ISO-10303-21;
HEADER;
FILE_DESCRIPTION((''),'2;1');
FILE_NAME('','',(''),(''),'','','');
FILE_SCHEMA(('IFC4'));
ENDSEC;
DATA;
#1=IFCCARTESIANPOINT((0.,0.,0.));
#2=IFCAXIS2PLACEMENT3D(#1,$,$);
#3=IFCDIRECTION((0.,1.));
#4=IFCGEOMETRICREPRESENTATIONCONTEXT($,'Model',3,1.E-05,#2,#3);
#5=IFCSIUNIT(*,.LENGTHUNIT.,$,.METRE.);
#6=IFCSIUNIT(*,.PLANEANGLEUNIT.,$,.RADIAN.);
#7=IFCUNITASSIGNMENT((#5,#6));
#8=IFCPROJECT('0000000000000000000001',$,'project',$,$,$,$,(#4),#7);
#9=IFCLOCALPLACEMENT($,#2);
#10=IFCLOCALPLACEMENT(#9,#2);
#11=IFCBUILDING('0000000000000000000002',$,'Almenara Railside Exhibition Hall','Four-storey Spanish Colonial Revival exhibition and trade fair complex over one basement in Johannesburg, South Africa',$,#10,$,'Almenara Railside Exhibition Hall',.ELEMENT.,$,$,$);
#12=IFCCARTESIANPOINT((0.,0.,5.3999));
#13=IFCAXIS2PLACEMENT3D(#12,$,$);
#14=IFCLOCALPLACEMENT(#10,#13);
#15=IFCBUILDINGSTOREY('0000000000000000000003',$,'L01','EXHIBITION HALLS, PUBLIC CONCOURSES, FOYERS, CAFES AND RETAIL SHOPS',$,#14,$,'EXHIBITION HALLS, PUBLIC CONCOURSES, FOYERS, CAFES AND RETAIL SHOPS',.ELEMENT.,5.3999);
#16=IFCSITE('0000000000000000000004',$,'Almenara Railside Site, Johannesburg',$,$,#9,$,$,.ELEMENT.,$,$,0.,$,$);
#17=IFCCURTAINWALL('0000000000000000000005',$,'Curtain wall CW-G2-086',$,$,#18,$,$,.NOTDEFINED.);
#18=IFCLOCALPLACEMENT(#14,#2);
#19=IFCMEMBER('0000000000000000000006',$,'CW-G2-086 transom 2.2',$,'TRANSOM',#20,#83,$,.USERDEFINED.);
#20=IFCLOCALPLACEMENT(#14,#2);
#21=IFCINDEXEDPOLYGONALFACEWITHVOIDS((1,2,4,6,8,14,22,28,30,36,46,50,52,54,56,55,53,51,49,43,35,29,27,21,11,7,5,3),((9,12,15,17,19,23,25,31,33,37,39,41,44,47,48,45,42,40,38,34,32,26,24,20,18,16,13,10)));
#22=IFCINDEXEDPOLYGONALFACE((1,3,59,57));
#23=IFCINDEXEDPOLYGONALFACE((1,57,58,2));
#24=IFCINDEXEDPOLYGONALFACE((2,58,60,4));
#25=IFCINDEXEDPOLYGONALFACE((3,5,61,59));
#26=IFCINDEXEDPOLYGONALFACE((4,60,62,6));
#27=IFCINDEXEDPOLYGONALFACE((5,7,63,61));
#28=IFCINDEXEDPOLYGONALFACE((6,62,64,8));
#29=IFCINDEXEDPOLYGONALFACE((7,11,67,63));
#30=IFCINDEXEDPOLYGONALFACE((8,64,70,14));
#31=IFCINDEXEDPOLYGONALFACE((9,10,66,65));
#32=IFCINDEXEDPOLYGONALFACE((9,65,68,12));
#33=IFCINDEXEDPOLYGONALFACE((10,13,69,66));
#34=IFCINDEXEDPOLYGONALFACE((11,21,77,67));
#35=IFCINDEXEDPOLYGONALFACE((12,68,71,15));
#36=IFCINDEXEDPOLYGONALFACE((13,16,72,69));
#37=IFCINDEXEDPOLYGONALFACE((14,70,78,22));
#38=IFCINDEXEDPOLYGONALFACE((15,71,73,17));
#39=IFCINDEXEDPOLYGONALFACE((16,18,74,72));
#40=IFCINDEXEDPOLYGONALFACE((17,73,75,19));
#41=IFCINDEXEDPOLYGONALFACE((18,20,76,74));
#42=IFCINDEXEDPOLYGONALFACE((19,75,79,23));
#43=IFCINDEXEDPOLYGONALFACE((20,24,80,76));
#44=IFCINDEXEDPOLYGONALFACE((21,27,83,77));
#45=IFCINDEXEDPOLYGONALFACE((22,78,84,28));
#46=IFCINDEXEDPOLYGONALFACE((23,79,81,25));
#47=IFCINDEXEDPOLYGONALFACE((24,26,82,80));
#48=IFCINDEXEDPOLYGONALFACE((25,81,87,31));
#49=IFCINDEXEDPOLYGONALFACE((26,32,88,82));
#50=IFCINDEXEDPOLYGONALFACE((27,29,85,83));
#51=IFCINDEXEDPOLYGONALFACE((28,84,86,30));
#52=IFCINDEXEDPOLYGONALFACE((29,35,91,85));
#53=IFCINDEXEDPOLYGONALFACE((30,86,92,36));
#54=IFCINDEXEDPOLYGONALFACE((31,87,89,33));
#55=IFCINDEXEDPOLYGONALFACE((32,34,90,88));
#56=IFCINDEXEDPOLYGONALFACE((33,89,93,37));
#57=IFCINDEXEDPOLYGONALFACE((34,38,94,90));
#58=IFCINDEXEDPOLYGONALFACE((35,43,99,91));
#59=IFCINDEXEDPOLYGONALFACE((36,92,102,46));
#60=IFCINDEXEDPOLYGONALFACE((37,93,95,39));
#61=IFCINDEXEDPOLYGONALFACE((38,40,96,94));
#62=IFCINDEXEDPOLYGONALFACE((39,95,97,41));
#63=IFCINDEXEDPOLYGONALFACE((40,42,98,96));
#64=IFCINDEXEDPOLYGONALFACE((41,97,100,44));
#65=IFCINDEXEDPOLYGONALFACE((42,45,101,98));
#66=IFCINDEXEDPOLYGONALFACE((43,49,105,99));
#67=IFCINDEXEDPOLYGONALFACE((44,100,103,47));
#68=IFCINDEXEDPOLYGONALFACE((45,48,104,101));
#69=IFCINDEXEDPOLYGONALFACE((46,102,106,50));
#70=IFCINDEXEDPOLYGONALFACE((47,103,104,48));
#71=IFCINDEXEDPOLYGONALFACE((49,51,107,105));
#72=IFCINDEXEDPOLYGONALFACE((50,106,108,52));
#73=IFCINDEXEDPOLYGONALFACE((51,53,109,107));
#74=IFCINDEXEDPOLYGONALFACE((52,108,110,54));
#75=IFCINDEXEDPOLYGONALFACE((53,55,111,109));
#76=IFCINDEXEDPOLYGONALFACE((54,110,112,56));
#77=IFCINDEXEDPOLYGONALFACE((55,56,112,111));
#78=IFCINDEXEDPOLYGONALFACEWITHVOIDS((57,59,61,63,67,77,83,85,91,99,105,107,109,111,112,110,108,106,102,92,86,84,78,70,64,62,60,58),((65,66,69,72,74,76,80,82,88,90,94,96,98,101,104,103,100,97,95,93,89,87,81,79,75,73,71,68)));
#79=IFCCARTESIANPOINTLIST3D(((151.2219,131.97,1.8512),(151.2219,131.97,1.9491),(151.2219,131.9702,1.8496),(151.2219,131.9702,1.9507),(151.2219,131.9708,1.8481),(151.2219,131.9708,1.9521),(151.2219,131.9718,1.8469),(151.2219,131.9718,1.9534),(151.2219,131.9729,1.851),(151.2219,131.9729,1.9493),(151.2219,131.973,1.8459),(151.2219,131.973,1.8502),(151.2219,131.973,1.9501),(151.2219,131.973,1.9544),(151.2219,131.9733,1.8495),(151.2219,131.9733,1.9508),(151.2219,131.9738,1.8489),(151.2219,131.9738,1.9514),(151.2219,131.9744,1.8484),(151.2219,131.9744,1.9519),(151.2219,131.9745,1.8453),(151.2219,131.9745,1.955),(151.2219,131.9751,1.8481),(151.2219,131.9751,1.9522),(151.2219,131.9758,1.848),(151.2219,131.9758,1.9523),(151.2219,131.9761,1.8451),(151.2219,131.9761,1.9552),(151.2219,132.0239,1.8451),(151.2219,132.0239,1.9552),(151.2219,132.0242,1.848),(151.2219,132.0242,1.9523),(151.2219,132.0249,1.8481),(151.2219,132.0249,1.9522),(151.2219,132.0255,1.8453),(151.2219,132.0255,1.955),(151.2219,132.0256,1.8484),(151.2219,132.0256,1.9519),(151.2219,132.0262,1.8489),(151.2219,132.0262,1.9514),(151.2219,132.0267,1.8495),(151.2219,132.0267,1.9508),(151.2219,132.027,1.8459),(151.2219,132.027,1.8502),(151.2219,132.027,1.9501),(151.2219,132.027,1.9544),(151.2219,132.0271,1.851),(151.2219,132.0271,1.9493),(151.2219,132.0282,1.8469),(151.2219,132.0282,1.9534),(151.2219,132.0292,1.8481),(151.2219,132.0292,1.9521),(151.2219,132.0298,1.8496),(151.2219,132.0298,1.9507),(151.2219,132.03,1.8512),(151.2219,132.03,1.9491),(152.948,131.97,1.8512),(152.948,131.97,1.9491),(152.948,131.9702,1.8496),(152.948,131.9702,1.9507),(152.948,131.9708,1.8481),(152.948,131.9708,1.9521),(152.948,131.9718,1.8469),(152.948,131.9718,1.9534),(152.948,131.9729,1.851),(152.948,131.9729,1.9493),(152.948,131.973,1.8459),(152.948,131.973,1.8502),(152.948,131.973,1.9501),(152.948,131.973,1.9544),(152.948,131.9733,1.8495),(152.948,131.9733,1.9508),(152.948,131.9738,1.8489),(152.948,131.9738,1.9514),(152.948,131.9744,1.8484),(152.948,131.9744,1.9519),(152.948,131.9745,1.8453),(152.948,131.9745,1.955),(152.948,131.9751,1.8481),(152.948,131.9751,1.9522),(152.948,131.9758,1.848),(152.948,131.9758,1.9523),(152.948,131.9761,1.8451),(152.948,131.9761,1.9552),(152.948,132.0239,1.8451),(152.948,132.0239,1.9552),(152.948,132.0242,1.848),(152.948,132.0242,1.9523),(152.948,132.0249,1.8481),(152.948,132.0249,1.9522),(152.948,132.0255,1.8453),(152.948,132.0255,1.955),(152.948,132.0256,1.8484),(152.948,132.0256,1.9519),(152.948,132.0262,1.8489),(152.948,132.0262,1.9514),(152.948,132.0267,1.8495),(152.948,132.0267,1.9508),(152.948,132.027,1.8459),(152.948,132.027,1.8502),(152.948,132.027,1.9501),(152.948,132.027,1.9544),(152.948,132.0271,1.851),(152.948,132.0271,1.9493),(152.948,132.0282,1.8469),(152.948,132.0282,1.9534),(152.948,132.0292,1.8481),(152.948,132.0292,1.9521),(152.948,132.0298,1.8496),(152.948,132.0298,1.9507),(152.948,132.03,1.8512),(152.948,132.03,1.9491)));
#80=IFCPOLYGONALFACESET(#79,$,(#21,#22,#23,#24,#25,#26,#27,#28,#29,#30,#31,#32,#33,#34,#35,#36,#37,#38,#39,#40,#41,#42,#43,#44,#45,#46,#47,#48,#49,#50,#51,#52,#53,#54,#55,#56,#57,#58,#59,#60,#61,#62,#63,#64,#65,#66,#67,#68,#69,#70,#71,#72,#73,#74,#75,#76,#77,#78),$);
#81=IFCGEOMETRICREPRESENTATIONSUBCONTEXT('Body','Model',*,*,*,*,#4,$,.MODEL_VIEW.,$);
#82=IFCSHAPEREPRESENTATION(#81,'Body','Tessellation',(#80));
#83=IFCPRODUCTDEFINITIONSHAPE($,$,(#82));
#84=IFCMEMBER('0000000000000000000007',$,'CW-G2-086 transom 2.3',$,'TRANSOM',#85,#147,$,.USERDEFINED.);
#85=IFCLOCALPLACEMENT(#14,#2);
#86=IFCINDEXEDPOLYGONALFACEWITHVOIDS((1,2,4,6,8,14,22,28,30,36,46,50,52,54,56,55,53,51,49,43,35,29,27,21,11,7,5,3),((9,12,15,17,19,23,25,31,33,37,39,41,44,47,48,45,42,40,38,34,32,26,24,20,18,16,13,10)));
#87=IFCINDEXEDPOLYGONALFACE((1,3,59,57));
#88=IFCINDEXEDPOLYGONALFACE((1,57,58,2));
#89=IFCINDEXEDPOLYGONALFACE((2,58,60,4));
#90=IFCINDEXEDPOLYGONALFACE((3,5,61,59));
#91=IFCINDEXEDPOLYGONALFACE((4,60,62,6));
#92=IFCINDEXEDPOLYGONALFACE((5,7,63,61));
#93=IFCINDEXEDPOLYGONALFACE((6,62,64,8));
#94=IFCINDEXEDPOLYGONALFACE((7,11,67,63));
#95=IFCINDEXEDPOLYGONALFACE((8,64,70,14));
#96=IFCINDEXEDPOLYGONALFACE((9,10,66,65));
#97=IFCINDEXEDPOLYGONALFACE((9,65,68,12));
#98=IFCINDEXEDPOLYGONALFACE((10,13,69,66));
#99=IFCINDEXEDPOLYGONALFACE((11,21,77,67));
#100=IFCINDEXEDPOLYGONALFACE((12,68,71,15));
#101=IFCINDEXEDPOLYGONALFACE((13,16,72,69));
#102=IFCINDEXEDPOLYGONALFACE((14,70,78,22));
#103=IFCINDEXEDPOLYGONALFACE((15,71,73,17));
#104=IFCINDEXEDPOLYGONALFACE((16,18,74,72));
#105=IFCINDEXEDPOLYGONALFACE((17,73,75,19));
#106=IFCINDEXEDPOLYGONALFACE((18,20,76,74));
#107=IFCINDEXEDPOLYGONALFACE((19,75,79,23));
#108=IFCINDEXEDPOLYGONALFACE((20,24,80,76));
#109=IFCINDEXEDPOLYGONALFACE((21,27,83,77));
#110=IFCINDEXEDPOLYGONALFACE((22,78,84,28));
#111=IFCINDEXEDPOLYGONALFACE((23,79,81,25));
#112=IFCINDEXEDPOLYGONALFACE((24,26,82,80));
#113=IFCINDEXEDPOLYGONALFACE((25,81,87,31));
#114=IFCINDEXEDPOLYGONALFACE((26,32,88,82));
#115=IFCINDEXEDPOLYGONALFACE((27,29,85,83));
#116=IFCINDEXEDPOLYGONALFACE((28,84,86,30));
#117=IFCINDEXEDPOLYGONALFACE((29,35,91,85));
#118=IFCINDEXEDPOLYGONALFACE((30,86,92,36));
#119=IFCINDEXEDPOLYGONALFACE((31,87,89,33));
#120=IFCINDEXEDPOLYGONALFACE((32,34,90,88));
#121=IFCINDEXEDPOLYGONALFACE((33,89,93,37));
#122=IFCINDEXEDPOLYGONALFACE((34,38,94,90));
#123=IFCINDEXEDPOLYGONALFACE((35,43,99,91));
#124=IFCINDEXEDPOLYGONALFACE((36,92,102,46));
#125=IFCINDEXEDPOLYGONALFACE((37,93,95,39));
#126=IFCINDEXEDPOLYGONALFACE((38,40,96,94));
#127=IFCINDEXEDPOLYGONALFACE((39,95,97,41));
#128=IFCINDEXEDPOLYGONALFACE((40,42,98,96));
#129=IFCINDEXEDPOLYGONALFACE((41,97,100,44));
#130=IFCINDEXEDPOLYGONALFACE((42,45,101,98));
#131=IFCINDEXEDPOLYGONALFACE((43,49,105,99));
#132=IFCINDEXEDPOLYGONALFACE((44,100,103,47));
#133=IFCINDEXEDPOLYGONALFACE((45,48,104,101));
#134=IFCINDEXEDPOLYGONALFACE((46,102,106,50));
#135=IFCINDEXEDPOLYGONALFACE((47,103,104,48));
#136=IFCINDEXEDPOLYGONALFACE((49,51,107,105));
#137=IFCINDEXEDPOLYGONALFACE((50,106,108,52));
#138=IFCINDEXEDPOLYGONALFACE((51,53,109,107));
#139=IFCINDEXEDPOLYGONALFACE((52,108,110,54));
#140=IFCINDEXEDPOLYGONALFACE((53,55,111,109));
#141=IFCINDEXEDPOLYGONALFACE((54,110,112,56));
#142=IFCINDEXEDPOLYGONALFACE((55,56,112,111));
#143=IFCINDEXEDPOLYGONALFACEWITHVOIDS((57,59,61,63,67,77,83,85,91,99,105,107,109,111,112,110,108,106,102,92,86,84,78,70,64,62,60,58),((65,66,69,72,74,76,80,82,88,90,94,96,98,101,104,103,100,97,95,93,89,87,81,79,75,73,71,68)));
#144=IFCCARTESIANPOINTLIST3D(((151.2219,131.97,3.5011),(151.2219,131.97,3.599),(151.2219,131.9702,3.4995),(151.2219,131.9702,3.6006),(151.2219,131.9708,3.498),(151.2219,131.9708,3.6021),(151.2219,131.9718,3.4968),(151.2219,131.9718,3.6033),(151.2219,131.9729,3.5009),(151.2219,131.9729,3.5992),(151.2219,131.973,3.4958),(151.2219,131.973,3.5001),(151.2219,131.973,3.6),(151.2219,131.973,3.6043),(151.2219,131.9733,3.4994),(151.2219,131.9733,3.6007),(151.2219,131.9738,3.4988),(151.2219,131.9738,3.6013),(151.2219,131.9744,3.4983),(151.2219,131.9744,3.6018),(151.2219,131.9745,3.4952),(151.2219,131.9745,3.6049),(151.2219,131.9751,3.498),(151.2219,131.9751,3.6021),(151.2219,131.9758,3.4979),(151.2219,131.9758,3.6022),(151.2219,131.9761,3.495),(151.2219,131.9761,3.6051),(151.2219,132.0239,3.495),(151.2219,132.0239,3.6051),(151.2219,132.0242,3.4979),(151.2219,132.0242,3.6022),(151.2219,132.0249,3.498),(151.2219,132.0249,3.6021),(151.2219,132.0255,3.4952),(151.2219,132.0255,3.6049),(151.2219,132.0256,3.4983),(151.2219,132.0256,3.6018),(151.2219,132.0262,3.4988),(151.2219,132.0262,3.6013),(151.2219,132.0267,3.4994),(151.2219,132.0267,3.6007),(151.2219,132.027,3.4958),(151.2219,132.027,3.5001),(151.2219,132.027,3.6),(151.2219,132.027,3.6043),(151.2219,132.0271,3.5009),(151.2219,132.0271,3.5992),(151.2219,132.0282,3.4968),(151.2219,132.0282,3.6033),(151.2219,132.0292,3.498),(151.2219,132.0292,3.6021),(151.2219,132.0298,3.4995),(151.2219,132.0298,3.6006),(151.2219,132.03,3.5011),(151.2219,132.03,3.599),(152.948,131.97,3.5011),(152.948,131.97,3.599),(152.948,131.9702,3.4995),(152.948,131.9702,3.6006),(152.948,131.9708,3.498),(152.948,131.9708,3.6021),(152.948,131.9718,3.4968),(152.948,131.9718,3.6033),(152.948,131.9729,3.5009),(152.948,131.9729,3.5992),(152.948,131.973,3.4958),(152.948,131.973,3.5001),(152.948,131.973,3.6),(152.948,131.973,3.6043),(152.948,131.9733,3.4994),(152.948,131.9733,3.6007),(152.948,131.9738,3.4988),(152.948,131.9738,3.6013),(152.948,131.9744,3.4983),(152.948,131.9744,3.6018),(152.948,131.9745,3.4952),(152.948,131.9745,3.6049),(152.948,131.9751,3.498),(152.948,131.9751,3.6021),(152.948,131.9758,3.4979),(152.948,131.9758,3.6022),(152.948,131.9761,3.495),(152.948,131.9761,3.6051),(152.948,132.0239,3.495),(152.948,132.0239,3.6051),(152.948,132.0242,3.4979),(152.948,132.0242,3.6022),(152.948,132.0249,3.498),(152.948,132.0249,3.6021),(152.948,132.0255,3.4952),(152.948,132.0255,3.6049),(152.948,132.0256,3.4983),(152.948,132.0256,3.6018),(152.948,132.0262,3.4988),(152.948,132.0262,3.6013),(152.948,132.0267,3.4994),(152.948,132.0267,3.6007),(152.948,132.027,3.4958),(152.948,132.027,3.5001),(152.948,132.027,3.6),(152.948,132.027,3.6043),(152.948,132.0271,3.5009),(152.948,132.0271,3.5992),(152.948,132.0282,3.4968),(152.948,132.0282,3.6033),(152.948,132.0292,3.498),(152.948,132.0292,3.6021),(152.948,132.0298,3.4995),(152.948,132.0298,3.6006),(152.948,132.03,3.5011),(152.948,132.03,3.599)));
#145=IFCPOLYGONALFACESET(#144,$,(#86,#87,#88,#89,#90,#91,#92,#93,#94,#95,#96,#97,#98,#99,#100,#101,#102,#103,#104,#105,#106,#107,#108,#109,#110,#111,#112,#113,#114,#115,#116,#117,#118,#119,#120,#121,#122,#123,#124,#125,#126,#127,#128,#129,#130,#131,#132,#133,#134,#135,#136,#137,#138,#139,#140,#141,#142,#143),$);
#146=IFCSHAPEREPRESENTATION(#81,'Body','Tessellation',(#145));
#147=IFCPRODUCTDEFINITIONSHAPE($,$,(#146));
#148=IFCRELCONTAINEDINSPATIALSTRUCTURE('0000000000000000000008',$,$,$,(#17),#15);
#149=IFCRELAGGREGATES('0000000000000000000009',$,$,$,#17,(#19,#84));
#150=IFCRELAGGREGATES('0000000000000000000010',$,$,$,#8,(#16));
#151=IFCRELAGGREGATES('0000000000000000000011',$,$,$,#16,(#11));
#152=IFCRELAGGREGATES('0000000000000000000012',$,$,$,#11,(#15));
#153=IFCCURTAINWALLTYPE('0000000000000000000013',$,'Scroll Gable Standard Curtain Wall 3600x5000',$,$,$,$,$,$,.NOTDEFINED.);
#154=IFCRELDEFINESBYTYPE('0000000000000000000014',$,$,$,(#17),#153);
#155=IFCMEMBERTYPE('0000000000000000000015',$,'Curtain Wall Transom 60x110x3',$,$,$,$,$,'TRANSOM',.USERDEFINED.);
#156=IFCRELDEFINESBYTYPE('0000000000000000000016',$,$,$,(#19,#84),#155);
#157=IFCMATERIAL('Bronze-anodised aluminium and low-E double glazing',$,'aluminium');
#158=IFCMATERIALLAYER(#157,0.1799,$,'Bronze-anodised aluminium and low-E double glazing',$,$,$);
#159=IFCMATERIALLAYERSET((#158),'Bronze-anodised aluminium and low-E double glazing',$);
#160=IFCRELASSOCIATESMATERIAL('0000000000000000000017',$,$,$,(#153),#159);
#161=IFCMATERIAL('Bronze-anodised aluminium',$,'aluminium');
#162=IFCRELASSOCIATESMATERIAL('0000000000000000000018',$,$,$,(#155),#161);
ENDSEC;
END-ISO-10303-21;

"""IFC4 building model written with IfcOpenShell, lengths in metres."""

from ifc_helpers import new_model, si_unit, direction, frame, origin, origin_2d, place, context, subcontext, project, spatial, hollow_rectangle, extrude, material, layer, layer_set, material_profile, profile_set, type_object, element, aggregate, save


model = new_model("IFC4")

# Units and contexts
model_context = context("Model", 3, precision=1e-05, world=origin(), true_north=direction((0.0, 1.0)))
body_context = subcontext(model_context, "Body", "Model", "MODEL_VIEW")
ifc_project = project(units=[si_unit("LENGTHUNIT", "METRE"), si_unit("PLANEANGLEUNIT", "RADIAN")], contexts=[model_context])

# Site, building, storey
site_placement = place(None, origin())
site = spatial("IfcSite", under=ifc_project, at=site_placement, Name="Almenara Railside Site, Johannesburg", CompositionType="ELEMENT", RefElevation=0.0)
building_placement = place(site_placement, origin())
building = spatial("IfcBuilding", under=site, at=building_placement, Name="Almenara Railside Exhibition Hall", Description="Four-storey Spanish Colonial Revival exhibition and trade fair complex over one basement in Johannesburg, South Africa", LongName="Almenara Railside Exhibition Hall", CompositionType="ELEMENT")
storey_placement = place(building_placement, frame((0.0, 0.0, 5.3999)))
storey = spatial("IfcBuildingStorey", under=building, at=storey_placement, Name="L01", Description="EXHIBITION HALLS, PUBLIC CONCOURSES, FOYERS, CAFES AND RETAIL SHOPS", LongName="EXHIBITION HALLS, PUBLIC CONCOURSES, FOYERS, CAFES AND RETAIL SHOPS", CompositionType="ELEMENT", Elevation=5.3999)

# Shared definitions
ifc_material_1 = material(Name="Bronze-anodised aluminium and low-E double glazing", Category="aluminium")
ifc_layer_1 = layer(ifc_material_1, 0.1799, Name="Bronze-anodised aluminium and low-E double glazing")
ifc_layer_set_1 = layer_set([ifc_layer_1], Name="Bronze-anodised aluminium and low-E double glazing")
curtain_wall_type = type_object("IfcCurtainWallType", Name="Scroll Gable Standard Curtain Wall 3600x5000", PredefinedType="NOTDEFINED", material=ifc_layer_set_1)
ifc_material_2 = material(Name="Bronze-anodised aluminium", Category="aluminium")

# Curtain wall
curtain_wall_1_placement = place(storey_placement, origin())
curtain_wall_1 = element("IfcCurtainWall", 1, at=curtain_wall_1_placement, inside=storey, type_object=curtain_wall_type, Name="Curtain wall CW-G2-086", PredefinedType="NOTDEFINED")

# Members
ifc_material_profile_1 = material_profile(ifc_material_2, hollow_rectangle(XDim=0.0601, YDim=0.1101, WallThickness=0.0029, InnerFilletRadius=0.0029, OuterFilletRadius=0.0061, at=origin_2d()), Name="ALU-TRN 60x110x3")
ifc_profile_set_1 = profile_set([ifc_material_profile_1], Name="Bronze-anodised aluminium")
member_type_1 = type_object("IfcMemberType", Name="Curtain Wall Transom 60x110x3", ElementType="TRANSOM", PredefinedType="USERDEFINED", material=ifc_profile_set_1)
member_1_placement = place(storey_placement, frame((151.2219, 132.0, 1.9001), z_axis=(1.0, 0.0, 0.0), x_axis=(0.0, 1.0, 0.0)))
member_1 = element("IfcMember", 2, at=member_1_placement, type_object=member_type_1, Name="CW-G2-086 transom 2.2", ObjectType="TRANSOM", PredefinedType="USERDEFINED", context=body_context, shape_type="SweptSolid", body=[
    extrude(hollow_rectangle(XDim=0.0601, YDim=0.1101, WallThickness=0.0029, InnerFilletRadius=0.0029, OuterFilletRadius=0.0061, at=origin_2d()), origin(), (0.0, 0.0, 1.0), 1.7261),
])
member_2_placement = place(storey_placement, frame((151.2219, 132.0, 3.55), z_axis=(1.0, 0.0, 0.0), x_axis=(0.0, 1.0, 0.0)))
member_2 = element("IfcMember", 3, at=member_2_placement, type_object=member_type_1, Name="CW-G2-086 transom 2.3", ObjectType="TRANSOM", PredefinedType="USERDEFINED", context=body_context, shape_type="SweptSolid", body=[
    extrude(hollow_rectangle(XDim=0.0601, YDim=0.1101, WallThickness=0.0029, InnerFilletRadius=0.0029, OuterFilletRadius=0.0061, at=origin_2d()), origin(), (0.0, 0.0, 1.0), 1.7261),
])

aggregate(curtain_wall_1, [member_1, member_2])

save(model, "model.ifc")
